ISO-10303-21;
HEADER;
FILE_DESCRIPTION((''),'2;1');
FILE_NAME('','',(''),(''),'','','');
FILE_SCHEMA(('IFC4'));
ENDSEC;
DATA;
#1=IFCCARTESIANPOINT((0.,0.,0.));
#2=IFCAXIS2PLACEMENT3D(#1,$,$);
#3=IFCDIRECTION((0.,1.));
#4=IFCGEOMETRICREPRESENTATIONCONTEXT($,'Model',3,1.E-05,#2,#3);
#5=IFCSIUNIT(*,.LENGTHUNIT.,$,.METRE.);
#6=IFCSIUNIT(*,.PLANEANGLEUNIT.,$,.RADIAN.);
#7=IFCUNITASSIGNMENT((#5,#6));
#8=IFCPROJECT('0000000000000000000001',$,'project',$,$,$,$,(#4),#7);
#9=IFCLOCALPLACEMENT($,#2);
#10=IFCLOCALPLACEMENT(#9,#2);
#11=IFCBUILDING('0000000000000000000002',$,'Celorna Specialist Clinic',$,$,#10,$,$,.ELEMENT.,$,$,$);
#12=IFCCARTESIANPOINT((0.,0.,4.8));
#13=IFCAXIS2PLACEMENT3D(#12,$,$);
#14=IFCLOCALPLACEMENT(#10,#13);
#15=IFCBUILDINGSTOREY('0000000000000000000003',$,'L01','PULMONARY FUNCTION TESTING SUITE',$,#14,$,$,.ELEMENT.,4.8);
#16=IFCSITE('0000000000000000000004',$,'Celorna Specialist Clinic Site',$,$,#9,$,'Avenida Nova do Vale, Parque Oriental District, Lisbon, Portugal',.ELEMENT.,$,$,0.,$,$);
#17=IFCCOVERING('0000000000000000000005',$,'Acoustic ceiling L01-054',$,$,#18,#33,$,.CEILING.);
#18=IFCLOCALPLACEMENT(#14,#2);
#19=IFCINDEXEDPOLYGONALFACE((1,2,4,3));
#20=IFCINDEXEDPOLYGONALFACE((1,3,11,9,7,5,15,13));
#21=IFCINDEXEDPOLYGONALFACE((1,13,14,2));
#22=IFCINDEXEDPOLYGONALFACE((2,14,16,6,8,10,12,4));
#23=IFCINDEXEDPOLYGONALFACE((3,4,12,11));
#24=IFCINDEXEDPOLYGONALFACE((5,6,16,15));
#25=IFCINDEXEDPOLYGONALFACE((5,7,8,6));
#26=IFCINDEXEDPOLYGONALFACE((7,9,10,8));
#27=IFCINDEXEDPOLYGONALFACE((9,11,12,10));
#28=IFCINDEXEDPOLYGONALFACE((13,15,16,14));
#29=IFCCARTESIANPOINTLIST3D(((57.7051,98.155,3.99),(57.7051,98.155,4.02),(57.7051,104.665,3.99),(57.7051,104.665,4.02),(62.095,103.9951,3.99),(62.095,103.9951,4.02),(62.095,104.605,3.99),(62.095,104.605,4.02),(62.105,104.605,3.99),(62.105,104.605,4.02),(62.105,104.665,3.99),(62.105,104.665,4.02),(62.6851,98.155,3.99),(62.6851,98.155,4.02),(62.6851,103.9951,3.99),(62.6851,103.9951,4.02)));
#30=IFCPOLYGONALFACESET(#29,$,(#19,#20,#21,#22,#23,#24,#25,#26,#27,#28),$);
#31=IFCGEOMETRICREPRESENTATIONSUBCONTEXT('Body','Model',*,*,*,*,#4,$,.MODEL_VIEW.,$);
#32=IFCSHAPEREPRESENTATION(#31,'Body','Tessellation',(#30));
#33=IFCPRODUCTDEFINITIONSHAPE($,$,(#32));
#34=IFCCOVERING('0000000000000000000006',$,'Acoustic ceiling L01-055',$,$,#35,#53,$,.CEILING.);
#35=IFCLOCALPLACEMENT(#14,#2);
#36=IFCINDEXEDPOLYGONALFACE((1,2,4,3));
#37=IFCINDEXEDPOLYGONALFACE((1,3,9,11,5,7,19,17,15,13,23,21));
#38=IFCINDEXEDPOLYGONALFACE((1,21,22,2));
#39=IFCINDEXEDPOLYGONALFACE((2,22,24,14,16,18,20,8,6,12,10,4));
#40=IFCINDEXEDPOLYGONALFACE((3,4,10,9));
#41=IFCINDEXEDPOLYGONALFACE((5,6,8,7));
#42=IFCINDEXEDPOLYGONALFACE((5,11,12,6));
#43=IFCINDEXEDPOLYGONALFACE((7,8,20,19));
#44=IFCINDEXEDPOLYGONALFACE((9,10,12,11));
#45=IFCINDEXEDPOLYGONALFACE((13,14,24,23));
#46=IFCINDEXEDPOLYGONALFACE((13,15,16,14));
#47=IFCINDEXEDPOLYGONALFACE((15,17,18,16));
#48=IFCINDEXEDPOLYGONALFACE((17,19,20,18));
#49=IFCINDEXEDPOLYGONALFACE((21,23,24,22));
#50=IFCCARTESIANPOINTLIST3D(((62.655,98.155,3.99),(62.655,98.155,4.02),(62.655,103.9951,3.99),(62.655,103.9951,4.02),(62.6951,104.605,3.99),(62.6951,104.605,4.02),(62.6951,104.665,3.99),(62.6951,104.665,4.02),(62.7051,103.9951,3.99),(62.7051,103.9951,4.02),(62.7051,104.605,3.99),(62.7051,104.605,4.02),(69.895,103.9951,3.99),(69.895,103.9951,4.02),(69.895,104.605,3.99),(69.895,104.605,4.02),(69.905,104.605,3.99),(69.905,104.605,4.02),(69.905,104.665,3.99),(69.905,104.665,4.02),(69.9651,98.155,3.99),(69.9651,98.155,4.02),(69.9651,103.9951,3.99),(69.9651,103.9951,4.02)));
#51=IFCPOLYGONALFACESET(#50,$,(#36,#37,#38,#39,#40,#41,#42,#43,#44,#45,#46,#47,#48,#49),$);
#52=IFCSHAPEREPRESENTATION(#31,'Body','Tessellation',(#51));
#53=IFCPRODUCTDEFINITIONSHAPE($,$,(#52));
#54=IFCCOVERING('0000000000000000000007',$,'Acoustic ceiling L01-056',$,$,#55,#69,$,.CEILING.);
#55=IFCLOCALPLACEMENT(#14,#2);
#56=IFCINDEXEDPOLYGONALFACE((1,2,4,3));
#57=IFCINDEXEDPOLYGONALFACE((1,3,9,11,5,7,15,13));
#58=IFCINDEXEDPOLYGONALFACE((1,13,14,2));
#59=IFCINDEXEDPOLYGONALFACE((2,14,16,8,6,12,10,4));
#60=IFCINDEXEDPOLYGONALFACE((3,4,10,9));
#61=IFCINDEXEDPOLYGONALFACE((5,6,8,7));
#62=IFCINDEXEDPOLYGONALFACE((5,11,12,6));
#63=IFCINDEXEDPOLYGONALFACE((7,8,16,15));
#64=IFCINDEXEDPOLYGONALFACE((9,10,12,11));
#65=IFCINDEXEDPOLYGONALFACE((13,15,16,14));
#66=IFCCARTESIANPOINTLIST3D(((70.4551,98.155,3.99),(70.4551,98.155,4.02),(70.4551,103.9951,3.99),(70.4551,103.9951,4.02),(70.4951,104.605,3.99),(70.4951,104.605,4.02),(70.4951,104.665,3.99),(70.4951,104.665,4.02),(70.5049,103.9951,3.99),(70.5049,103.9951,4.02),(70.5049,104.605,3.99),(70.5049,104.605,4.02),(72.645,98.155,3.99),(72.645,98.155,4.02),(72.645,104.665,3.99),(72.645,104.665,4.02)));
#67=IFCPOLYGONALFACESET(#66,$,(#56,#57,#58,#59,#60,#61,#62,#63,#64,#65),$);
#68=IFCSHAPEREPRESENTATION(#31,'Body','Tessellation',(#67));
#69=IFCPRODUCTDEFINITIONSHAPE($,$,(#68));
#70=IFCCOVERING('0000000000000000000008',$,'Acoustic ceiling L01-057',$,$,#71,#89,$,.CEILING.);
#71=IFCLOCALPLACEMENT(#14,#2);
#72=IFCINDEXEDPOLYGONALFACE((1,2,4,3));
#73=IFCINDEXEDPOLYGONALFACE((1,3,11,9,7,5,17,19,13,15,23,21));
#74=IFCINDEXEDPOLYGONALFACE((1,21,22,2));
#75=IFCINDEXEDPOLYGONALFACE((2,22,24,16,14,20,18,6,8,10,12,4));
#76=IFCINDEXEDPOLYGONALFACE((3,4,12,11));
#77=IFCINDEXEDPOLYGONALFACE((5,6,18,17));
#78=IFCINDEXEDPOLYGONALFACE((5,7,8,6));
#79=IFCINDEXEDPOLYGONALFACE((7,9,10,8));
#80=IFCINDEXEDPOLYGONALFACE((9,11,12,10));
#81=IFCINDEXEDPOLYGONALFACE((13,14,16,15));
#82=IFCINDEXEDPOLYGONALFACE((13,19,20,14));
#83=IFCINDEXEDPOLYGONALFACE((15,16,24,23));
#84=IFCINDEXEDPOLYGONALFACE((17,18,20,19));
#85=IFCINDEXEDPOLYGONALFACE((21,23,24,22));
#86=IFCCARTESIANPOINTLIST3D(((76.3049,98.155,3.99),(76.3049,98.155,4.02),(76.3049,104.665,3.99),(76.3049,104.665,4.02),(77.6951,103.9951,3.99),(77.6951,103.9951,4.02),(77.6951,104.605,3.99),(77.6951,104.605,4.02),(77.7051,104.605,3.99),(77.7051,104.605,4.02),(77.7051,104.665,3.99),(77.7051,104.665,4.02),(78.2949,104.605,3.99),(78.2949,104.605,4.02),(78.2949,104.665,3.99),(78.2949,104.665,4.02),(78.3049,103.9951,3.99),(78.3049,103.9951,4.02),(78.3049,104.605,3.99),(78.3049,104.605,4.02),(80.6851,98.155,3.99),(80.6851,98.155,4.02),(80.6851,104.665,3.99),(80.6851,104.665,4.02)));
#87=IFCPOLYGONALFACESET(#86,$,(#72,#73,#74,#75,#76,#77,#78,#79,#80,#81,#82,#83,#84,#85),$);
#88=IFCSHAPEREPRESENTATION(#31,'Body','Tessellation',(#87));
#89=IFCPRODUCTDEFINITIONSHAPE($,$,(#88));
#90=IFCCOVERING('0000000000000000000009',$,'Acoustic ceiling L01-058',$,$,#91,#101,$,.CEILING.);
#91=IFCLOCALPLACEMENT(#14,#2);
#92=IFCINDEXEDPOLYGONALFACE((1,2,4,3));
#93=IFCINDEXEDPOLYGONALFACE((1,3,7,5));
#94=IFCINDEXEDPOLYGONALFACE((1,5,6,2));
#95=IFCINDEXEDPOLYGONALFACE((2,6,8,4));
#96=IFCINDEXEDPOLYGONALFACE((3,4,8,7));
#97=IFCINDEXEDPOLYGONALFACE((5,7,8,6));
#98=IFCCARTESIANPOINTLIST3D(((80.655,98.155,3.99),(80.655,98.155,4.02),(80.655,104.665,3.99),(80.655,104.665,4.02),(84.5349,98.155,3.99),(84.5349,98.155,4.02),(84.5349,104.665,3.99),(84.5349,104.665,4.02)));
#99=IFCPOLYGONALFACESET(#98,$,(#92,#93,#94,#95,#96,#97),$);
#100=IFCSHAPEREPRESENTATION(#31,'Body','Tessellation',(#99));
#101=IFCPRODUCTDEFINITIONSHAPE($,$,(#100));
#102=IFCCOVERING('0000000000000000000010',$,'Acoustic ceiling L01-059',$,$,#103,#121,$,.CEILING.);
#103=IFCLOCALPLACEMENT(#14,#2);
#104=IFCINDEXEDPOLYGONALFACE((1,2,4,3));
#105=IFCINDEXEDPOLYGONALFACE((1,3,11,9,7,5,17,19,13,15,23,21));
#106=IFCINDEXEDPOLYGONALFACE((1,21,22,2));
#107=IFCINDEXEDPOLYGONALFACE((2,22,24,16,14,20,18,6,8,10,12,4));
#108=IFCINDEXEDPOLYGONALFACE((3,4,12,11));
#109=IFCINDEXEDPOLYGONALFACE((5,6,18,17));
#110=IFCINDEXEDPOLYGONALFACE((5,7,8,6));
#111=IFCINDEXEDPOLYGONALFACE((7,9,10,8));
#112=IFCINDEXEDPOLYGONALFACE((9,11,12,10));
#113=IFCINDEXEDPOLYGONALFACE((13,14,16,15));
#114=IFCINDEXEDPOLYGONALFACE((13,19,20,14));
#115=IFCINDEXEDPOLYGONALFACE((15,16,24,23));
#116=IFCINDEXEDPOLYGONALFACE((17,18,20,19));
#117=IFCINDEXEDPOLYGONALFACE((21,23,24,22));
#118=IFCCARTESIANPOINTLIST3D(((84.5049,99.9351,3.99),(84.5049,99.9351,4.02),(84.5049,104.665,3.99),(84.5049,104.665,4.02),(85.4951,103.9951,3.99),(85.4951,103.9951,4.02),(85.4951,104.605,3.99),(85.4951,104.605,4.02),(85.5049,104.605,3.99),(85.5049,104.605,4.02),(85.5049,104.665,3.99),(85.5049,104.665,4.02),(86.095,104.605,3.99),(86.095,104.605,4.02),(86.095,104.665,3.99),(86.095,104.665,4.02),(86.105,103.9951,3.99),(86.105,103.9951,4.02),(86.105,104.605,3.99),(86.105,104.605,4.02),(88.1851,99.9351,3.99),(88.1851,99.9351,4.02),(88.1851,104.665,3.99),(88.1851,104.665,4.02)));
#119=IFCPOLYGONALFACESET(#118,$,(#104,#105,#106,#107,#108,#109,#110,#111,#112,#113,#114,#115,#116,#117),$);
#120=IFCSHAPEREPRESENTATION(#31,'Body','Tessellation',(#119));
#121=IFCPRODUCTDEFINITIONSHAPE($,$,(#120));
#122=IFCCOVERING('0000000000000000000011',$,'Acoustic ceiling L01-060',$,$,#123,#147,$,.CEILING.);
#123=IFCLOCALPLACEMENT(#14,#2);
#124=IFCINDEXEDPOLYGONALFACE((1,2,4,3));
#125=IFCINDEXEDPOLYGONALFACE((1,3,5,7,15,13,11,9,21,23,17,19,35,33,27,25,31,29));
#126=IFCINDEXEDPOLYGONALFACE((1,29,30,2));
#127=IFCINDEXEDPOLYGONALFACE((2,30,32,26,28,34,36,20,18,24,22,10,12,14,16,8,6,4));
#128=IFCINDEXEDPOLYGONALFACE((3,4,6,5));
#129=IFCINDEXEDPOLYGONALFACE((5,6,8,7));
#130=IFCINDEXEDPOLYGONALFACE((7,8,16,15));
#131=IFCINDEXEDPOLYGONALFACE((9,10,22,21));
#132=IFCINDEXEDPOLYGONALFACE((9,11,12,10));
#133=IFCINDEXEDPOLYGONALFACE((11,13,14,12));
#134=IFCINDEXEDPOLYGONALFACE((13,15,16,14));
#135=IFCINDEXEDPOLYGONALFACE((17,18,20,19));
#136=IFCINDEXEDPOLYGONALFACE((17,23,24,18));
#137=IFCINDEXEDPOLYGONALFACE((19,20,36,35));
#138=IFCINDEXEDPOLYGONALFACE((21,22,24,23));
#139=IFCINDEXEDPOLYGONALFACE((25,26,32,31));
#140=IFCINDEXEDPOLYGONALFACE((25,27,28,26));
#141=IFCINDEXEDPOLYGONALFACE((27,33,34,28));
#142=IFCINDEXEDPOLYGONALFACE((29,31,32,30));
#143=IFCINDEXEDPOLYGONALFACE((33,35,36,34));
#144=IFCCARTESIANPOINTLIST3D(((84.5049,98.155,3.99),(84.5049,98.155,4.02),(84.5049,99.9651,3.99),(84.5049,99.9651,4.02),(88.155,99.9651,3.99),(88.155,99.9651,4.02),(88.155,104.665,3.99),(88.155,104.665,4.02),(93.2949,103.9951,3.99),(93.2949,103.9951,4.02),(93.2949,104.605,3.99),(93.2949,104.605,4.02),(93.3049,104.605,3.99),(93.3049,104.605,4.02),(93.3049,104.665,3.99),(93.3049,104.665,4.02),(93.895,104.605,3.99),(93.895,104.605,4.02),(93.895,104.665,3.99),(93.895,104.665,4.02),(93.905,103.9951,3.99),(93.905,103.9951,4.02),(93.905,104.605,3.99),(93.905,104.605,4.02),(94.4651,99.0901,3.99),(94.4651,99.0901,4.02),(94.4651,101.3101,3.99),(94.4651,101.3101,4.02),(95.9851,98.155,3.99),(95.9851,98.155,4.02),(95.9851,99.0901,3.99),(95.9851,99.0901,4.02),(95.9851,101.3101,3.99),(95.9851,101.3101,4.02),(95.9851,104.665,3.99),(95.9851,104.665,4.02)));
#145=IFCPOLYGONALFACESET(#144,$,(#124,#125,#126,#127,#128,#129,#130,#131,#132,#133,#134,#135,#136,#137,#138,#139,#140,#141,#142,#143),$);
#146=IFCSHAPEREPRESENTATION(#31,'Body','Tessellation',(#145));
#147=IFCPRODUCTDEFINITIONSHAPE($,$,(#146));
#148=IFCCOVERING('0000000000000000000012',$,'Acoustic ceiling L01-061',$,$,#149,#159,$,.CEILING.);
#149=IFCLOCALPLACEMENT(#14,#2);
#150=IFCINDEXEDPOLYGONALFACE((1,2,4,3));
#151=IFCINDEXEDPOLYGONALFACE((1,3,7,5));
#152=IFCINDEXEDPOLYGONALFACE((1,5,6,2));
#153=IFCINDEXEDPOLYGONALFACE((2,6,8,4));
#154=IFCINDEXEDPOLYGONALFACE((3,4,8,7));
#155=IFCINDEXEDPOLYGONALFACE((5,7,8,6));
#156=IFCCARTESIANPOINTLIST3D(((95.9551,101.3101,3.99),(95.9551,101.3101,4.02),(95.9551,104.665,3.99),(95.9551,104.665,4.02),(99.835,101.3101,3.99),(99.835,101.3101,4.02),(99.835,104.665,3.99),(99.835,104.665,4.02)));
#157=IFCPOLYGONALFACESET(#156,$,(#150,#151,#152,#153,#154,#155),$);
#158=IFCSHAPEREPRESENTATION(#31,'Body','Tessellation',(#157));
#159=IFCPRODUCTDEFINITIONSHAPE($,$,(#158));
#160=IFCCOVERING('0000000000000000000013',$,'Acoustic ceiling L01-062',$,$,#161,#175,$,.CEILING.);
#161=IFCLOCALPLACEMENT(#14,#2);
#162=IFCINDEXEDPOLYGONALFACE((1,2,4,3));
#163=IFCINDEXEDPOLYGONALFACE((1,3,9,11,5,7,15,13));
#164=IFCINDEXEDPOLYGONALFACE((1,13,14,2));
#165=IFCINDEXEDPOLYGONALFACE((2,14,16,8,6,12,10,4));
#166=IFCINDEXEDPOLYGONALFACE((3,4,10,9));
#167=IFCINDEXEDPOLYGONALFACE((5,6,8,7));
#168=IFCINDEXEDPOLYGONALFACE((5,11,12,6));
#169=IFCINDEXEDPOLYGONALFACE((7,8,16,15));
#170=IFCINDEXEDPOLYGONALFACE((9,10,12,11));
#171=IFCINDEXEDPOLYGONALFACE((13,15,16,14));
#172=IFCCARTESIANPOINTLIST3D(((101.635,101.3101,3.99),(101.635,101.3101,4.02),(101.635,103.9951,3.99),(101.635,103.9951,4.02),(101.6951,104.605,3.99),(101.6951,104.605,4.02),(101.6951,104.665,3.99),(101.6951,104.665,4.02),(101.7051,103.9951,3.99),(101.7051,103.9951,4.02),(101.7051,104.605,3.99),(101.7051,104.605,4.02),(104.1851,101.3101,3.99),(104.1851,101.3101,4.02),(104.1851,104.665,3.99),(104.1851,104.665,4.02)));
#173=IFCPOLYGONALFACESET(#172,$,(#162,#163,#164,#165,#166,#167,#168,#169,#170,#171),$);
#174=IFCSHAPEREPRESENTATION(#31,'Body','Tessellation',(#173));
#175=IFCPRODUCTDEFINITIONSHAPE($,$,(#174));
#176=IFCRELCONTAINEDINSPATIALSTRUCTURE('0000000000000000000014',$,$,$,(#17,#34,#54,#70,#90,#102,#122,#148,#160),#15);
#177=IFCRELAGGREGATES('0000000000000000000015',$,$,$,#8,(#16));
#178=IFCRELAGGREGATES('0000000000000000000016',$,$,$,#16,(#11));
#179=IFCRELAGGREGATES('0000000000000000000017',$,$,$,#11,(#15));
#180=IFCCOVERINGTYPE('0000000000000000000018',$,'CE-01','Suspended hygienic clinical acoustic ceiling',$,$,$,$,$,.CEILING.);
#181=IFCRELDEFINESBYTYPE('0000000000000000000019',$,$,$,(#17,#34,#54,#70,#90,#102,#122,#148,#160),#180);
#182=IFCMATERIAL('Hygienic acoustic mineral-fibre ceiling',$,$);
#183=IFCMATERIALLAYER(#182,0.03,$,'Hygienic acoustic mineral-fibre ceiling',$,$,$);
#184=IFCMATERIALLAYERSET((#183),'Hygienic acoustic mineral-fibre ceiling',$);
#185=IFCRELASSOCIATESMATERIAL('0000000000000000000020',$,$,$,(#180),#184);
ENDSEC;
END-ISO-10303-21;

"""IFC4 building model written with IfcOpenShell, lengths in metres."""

from ifc_helpers import new_model, si_unit, direction, frame, origin, place, context, subcontext, project, spatial, polyline, outline, extrude, material, layer, layer_set, type_object, element, save


model = new_model("IFC4")

# Units and contexts
model_context = context("Model", 3, precision=1e-05, world=origin(), true_north=direction((0.0, 1.0)))
body_context = subcontext(model_context, "Body", "Model", "MODEL_VIEW")
ifc_project = project(units=[si_unit("LENGTHUNIT", "METRE"), si_unit("PLANEANGLEUNIT", "RADIAN")], contexts=[model_context])

# Site, building, storey
site_placement = place(None, origin())
site = spatial("IfcSite", under=ifc_project, at=site_placement, Name="Celorna Specialist Clinic Site", LongName="Avenida Nova do Vale, Parque Oriental District, Lisbon, Portugal", CompositionType="ELEMENT", RefElevation=0.0)
building_placement = place(site_placement, origin())
building = spatial("IfcBuilding", under=site, at=building_placement, Name="Celorna Specialist Clinic", CompositionType="ELEMENT")
storey_placement = place(building_placement, frame((0.0, 0.0, 4.8)))
storey = spatial("IfcBuildingStorey", under=building, at=storey_placement, Name="L01", Description="PULMONARY FUNCTION TESTING SUITE", CompositionType="ELEMENT", Elevation=4.8)

# Coverings
ifc_material_1 = material(Name="Hygienic acoustic mineral-fibre ceiling")
ifc_layer_1 = layer(ifc_material_1, 0.03, Name="Hygienic acoustic mineral-fibre ceiling")
ifc_layer_set_1 = layer_set([ifc_layer_1], Name="Hygienic acoustic mineral-fibre ceiling")
covering_type_1 = type_object("IfcCoveringType", Name="CE-01", Description="Suspended hygienic clinical acoustic ceiling", PredefinedType="CEILING", material=ifc_layer_set_1)
covering_1_placement = place(storey_placement, frame((0.0, 0.0, 3.99)))
element("IfcCovering", 1, at=covering_1_placement, inside=storey, type_object=covering_type_1, Name="Acoustic ceiling L01-054", PredefinedType="CEILING", context=body_context, shape_type="SweptSolid", body=[
    extrude(outline(polyline([(62.105, 104.665), (62.105, 104.605), (62.095, 104.605), (62.095, 103.9951), (62.6851, 103.9951), (62.6851, 98.155), (57.7051, 98.155), (57.7051, 104.665), (62.105, 104.665)])), origin(), (0.0, 0.0, 1.0), 0.03),
])
covering_2_placement = place(storey_placement, frame((0.0, 0.0, 3.99)))
element("IfcCovering", 2, at=covering_2_placement, inside=storey, type_object=covering_type_1, Name="Acoustic ceiling L01-055", PredefinedType="CEILING", context=body_context, shape_type="SweptSolid", body=[
    extrude(outline(polyline([(62.6951, 104.665), (69.905, 104.665), (69.905, 104.605), (69.895, 104.605), (69.895, 103.9951), (69.9651, 103.9951), (69.9651, 98.155), (62.655, 98.155), (62.655, 103.9951), (62.7051, 103.9951), (62.7051, 104.605), (62.6951, 104.605), (62.6951, 104.665)])), origin(), (0.0, 0.0, 1.0), 0.03),
])
covering_3_placement = place(storey_placement, frame((0.0, 0.0, 3.99)))
element("IfcCovering", 3, at=covering_3_placement, inside=storey, type_object=covering_type_1, Name="Acoustic ceiling L01-056", PredefinedType="CEILING", context=body_context, shape_type="SweptSolid", body=[
    extrude(outline(polyline([(70.4951, 104.665), (72.645, 104.665), (72.645, 98.155), (70.4551, 98.155), (70.4551, 103.9951), (70.5049, 103.9951), (70.5049, 104.605), (70.4951, 104.605), (70.4951, 104.665)])), origin(), (0.0, 0.0, 1.0), 0.03),
])
covering_4_placement = place(storey_placement, frame((0.0, 0.0, 3.99)))
element("IfcCovering", 4, at=covering_4_placement, inside=storey, type_object=covering_type_1, Name="Acoustic ceiling L01-057", PredefinedType="CEILING", context=body_context, shape_type="SweptSolid", body=[
    extrude(outline(polyline([(77.7051, 104.665), (77.7051, 104.605), (77.6951, 104.605), (77.6951, 103.9951), (78.3049, 103.9951), (78.3049, 104.605), (78.2949, 104.605), (78.2949, 104.665), (80.6851, 104.665), (80.6851, 98.155), (76.3049, 98.155), (76.3049, 104.665), (77.7051, 104.665)])), origin(), (0.0, 0.0, 1.0), 0.03),
])
covering_5_placement = place(storey_placement, frame((0.0, 0.0, 3.99)))
element("IfcCovering", 5, at=covering_5_placement, inside=storey, type_object=covering_type_1, Name="Acoustic ceiling L01-058", PredefinedType="CEILING", context=body_context, shape_type="SweptSolid", body=[
    extrude(outline(polyline([(84.5349, 104.665), (84.5349, 98.155), (80.655, 98.155), (80.655, 104.665), (84.5349, 104.665)])), origin(), (0.0, 0.0, 1.0), 0.03),
])
covering_6_placement = place(storey_placement, frame((0.0, 0.0, 3.99)))
element("IfcCovering", 6, at=covering_6_placement, inside=storey, type_object=covering_type_1, Name="Acoustic ceiling L01-059", PredefinedType="CEILING", context=body_context, shape_type="SweptSolid", body=[
    extrude(outline(polyline([(85.5049, 104.665), (85.5049, 104.605), (85.4951, 104.605), (85.4951, 103.9951), (86.105, 103.9951), (86.105, 104.605), (86.095, 104.605), (86.095, 104.665), (88.1851, 104.665), (88.1851, 99.9351), (84.5049, 99.9351), (84.5049, 104.665), (85.5049, 104.665)])), origin(), (0.0, 0.0, 1.0), 0.03),
])
covering_7_placement = place(storey_placement, frame((0.0, 0.0, 3.99)))
element("IfcCovering", 7, at=covering_7_placement, inside=storey, type_object=covering_type_1, Name="Acoustic ceiling L01-060", PredefinedType="CEILING", context=body_context, shape_type="SweptSolid", body=[
    extrude(outline(polyline([(88.155, 104.665), (93.3049, 104.665), (93.3049, 104.605), (93.2949, 104.605), (93.2949, 103.9951), (93.905, 103.9951), (93.905, 104.605), (93.895, 104.605), (93.895, 104.665), (95.9851, 104.665), (95.9851, 101.3101), (94.4651, 101.3101), (94.4651, 99.0901), (95.9851, 99.0901), (95.9851, 98.155), (84.5049, 98.155), (84.5049, 99.9651), (88.155, 99.9651), (88.155, 104.665)])), origin(), (0.0, 0.0, 1.0), 0.03),
])
covering_8_placement = place(storey_placement, frame((0.0, 0.0, 3.99)))
element("IfcCovering", 8, at=covering_8_placement, inside=storey, type_object=covering_type_1, Name="Acoustic ceiling L01-061", PredefinedType="CEILING", context=body_context, shape_type="SweptSolid", body=[
    extrude(outline(polyline([(99.835, 101.3101), (95.9551, 101.3101), (95.9551, 104.665), (99.835, 104.665), (99.835, 101.3101)])), origin(), (0.0, 0.0, 1.0), 0.03),
])
covering_9_placement = place(storey_placement, frame((0.0, 0.0, 3.99)))
element("IfcCovering", 9, at=covering_9_placement, inside=storey, type_object=covering_type_1, Name="Acoustic ceiling L01-062", PredefinedType="CEILING", context=body_context, shape_type="SweptSolid", body=[
    extrude(outline(polyline([(101.6951, 104.665), (104.1851, 104.665), (104.1851, 101.3101), (101.635, 101.3101), (101.635, 103.9951), (101.7051, 103.9951), (101.7051, 104.605), (101.6951, 104.605), (101.6951, 104.665)])), origin(), (0.0, 0.0, 1.0), 0.03),
])

save(model, "model.ifc")
